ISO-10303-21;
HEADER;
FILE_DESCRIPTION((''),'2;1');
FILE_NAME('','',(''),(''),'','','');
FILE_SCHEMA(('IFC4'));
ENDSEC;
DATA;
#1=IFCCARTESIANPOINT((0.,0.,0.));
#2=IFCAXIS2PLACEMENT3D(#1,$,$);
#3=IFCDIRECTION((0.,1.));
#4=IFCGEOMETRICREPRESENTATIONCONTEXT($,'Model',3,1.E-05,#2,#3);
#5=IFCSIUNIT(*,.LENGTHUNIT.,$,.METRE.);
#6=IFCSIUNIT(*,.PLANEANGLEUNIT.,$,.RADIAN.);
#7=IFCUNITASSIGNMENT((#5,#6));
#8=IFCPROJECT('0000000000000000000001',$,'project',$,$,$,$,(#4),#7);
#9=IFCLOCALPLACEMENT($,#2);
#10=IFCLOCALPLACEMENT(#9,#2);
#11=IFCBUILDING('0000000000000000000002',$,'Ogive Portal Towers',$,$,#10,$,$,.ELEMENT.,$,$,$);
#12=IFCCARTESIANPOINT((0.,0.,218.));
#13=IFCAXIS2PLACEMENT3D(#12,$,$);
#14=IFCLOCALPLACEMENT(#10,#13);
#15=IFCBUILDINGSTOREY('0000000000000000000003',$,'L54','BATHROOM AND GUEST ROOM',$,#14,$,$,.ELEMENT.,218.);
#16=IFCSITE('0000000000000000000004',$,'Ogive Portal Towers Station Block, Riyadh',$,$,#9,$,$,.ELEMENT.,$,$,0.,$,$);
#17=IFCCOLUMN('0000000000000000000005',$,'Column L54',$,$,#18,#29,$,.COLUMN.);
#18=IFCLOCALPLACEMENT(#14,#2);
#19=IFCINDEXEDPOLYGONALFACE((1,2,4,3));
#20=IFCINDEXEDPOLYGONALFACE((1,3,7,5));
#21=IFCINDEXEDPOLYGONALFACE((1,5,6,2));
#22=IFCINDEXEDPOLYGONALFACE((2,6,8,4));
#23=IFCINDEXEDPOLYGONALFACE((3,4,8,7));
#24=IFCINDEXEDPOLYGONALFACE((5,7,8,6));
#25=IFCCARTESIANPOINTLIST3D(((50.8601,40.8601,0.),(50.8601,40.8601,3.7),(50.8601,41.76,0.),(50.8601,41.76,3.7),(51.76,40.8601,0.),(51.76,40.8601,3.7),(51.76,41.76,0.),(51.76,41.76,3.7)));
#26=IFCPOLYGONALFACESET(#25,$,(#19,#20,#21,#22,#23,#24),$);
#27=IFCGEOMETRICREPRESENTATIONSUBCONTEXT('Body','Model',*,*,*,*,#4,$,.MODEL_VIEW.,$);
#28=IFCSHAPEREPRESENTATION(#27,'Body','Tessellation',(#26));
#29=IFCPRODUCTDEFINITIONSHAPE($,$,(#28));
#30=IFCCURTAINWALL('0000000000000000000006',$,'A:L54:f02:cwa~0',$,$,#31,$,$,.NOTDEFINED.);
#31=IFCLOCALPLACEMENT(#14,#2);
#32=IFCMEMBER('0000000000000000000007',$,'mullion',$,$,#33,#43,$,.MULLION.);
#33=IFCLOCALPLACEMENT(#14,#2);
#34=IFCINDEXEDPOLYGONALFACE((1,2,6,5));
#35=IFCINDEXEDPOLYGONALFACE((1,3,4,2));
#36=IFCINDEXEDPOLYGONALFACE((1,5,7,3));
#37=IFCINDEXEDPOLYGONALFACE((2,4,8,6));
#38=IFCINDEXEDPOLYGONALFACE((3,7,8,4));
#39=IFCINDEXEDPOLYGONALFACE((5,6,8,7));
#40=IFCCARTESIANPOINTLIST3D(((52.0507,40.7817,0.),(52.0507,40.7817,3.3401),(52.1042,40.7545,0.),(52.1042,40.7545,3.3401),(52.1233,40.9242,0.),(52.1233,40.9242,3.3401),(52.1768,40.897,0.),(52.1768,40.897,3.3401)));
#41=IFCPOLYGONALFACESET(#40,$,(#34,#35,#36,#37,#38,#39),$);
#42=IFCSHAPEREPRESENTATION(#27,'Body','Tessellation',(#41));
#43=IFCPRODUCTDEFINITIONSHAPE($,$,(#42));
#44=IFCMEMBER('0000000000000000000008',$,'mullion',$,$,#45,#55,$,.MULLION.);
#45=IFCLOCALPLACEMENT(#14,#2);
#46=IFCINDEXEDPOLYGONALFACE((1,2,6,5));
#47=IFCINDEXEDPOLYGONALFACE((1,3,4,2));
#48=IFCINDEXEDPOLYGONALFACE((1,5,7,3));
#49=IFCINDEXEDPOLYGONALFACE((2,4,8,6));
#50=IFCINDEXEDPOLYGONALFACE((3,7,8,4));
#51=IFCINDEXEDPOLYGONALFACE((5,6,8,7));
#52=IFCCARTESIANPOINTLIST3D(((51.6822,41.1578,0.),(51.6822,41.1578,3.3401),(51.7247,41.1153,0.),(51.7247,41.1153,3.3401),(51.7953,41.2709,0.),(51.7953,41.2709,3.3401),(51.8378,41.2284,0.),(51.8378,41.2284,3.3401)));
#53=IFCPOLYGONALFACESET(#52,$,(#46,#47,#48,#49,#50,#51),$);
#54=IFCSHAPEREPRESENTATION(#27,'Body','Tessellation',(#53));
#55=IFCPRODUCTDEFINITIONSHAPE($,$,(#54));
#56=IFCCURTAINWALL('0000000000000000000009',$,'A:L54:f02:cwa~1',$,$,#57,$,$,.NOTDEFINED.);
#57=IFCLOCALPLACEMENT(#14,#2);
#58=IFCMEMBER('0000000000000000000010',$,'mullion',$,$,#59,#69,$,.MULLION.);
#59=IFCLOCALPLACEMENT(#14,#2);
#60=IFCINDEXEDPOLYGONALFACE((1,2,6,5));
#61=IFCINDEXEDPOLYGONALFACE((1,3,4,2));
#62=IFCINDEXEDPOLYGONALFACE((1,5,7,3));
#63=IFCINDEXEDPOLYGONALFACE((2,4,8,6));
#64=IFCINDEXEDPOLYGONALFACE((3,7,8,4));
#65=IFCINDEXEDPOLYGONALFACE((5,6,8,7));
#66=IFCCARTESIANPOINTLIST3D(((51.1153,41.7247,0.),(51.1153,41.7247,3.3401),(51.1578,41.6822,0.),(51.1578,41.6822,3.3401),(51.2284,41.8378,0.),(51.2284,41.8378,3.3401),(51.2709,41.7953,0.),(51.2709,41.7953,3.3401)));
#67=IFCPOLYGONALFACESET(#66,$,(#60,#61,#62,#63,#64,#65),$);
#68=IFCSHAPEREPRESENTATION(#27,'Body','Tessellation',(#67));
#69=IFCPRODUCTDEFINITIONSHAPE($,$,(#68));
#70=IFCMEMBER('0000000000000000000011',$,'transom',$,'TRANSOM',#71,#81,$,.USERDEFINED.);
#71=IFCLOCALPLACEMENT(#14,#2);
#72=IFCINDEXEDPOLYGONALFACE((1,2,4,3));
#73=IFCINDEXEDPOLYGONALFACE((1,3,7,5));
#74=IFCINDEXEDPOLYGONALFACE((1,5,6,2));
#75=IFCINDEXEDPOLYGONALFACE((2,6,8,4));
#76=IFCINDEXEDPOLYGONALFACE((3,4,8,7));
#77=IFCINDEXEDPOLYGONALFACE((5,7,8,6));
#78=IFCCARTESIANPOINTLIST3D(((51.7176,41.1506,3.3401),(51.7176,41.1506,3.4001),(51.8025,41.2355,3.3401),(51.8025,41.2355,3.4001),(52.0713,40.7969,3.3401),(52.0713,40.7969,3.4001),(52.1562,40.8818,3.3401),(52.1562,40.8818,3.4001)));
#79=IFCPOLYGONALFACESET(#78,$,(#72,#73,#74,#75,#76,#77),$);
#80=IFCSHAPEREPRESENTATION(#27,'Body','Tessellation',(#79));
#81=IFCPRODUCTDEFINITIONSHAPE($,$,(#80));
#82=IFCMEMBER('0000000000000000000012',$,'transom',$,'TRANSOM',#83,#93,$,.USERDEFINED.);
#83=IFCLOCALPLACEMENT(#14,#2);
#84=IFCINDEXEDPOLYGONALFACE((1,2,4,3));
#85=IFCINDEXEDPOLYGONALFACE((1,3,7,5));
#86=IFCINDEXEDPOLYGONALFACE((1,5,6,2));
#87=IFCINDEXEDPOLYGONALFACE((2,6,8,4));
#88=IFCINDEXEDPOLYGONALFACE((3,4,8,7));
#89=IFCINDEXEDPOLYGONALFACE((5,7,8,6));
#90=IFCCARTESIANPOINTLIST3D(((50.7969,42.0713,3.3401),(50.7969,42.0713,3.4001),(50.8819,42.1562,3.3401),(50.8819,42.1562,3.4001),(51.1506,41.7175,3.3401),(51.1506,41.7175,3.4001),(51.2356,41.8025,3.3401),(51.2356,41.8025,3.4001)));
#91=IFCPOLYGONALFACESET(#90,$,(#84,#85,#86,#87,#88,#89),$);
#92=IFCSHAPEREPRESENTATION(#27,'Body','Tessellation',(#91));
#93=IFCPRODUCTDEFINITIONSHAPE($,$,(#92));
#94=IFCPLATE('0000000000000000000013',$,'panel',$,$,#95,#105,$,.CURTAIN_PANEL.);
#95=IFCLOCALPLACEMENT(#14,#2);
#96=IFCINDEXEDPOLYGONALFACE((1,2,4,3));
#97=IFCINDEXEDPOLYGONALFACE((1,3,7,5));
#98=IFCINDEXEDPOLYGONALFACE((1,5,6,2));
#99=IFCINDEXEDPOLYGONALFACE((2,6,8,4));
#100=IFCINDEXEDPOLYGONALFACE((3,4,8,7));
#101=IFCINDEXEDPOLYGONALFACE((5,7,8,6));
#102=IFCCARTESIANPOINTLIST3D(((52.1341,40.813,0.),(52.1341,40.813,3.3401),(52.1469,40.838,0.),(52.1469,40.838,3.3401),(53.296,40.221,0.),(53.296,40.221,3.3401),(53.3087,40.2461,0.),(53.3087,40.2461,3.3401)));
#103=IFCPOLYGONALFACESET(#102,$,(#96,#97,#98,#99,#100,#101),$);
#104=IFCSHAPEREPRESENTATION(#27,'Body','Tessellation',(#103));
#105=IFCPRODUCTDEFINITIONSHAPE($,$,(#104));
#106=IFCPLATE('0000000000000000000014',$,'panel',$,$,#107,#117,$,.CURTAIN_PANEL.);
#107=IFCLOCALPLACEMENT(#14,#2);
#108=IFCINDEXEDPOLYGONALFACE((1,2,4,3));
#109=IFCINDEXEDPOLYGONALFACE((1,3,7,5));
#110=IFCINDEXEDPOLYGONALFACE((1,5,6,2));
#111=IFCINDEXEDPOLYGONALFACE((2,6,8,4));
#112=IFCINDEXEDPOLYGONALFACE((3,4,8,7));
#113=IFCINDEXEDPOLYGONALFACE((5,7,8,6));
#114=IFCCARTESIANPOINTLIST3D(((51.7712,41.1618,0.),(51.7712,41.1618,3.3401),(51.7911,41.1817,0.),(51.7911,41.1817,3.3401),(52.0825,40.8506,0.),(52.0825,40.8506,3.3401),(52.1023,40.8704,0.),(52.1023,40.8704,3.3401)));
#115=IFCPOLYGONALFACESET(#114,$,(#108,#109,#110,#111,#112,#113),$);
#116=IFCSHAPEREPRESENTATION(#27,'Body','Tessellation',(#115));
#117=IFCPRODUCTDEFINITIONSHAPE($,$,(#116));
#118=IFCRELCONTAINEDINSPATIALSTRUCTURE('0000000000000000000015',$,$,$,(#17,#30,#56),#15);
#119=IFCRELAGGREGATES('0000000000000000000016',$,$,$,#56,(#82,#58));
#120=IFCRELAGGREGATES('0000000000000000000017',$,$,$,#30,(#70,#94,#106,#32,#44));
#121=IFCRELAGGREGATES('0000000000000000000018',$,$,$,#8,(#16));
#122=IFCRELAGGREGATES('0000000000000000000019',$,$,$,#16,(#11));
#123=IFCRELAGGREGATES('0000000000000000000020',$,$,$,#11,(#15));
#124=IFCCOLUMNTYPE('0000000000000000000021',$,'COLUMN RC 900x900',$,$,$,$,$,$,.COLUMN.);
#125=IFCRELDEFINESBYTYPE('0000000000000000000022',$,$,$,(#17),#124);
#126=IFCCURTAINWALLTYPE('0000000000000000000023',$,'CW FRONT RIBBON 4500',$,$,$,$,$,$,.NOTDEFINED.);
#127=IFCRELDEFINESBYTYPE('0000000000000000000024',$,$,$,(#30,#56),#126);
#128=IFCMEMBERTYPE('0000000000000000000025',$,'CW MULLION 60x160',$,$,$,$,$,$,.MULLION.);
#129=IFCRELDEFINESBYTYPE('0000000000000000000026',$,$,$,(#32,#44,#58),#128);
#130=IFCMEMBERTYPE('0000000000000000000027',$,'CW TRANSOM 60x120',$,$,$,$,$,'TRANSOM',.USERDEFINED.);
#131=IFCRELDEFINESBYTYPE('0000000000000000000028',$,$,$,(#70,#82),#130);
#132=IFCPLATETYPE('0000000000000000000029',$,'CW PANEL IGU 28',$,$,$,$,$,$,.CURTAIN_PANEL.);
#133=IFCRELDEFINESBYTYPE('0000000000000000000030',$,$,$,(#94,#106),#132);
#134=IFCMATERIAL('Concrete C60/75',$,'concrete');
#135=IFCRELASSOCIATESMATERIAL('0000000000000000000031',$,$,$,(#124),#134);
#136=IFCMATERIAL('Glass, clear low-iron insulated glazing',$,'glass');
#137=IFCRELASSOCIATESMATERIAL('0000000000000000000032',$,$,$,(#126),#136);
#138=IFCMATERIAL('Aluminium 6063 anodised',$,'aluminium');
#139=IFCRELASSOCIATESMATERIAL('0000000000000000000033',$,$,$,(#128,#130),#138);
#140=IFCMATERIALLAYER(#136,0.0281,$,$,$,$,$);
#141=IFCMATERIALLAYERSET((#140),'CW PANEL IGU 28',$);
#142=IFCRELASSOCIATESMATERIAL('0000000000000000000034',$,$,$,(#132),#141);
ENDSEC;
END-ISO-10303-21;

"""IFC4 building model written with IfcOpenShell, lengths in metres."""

from ifc_helpers import new_model, si_unit, direction, frame, origin, origin_2d, place, context, subcontext, project, spatial, rectangle, extrude, material, layer, layer_set, material_profile, profile_set, type_object, element, aggregate, save


model = new_model("IFC4")

# Units and contexts
model_context = context("Model", 3, precision=1e-05, world=origin(), true_north=direction((0.0, 1.0)))
body_context = subcontext(model_context, "Body", "Model", "MODEL_VIEW")
ifc_project = project(units=[si_unit("LENGTHUNIT", "METRE"), si_unit("PLANEANGLEUNIT", "RADIAN")], contexts=[model_context])

# Site, building, storey
site_placement = place(None, origin())
site = spatial("IfcSite", under=ifc_project, at=site_placement, Name="Ogive Portal Towers Station Block, Riyadh", CompositionType="ELEMENT", RefElevation=0.0)
building_placement = place(site_placement, origin())
building = spatial("IfcBuilding", under=site, at=building_placement, Name="Ogive Portal Towers", CompositionType="ELEMENT")
storey_placement = place(building_placement, frame((0.0, 0.0, 218.0)))
storey = spatial("IfcBuildingStorey", under=building, at=storey_placement, Name="L54", Description="BATHROOM AND GUEST ROOM", CompositionType="ELEMENT", Elevation=218.0)

# Column
ifc_material_1 = material(Name="Concrete C60/75", Category="concrete")
ifc_material_profile_1 = material_profile(ifc_material_1, rectangle(XDim=0.8999, YDim=0.8999, at=origin_2d()), Name="RC 900x900")
ifc_profile_set_1 = profile_set([ifc_material_profile_1], Name="Concrete C60/75")
column_type = type_object("IfcColumnType", Name="COLUMN RC 900x900", PredefinedType="COLUMN", material=ifc_profile_set_1)
column_placement = place(storey_placement, frame((51.3101, 41.3101, 0.0), z_axis=(0.0, 0.0, 1.0), x_axis=(1.0, 0.0, 0.0)))
element("IfcColumn", 1, at=column_placement, inside=storey, type_object=column_type, Name="Column L54", PredefinedType="COLUMN", context=body_context, shape_type="SweptSolid", body=[
    extrude(rectangle(XDim=0.8999, YDim=0.8999, at=origin_2d()), origin(), (0.0, 0.0, 1.0), 3.7),
])

# Curtain wall, members
ifc_material_2 = material(Name="Glass, clear low-iron insulated glazing", Category="glass")
curtain_wall_type = type_object("IfcCurtainWallType", Name="CW FRONT RIBBON 4500", PredefinedType="NOTDEFINED", material=ifc_material_2)
curtain_wall_1_placement = place(storey_placement, origin())
curtain_wall_1 = element("IfcCurtainWall", 2, at=curtain_wall_1_placement, inside=storey, type_object=curtain_wall_type, Name="A:L54:f02:cwa~0", PredefinedType="NOTDEFINED")
ifc_material_3 = material(Name="Aluminium 6063 anodised", Category="aluminium")
ifc_material_profile_2 = material_profile(ifc_material_3, rectangle(XDim=0.1599, YDim=0.0601, at=origin_2d()), Name="AL 60x160")
ifc_profile_set_2 = profile_set([ifc_material_profile_2], Name="Aluminium 6063 anodised")
member_type_1 = type_object("IfcMemberType", Name="CW MULLION 60x160", PredefinedType="MULLION", material=ifc_profile_set_2)
member_1_placement = place(storey_placement, frame((52.1138, 40.8394, 0.0), z_axis=(0.0, 0.0, 1.0), x_axis=(-0.45399, -0.891007, 0.0)))
member_1 = element("IfcMember", 3, at=member_1_placement, type_object=member_type_1, Name="mullion", PredefinedType="MULLION", context=body_context, shape_type="SweptSolid", body=[
    extrude(rectangle(XDim=0.1599, YDim=0.0601, at=origin_2d()), origin(), (0.0, 0.0, 1.0), 3.3401),
])
member_2_placement = place(storey_placement, frame((51.76, 41.1931, 0.0), z_axis=(0.0, 0.0, 1.0), x_axis=(-0.707107, -0.707107, 0.0)))
member_2 = element("IfcMember", 4, at=member_2_placement, type_object=member_type_1, Name="mullion", PredefinedType="MULLION", context=body_context, shape_type="SweptSolid", body=[
    extrude(rectangle(XDim=0.1599, YDim=0.0601, at=origin_2d()), origin(), (0.0, 0.0, 1.0), 3.3401),
])

# Curtain wall, member
curtain_wall_2_placement = place(storey_placement, origin())
curtain_wall_2 = element("IfcCurtainWall", 5, at=curtain_wall_2_placement, inside=storey, type_object=curtain_wall_type, Name="A:L54:f02:cwa~1", PredefinedType="NOTDEFINED")
member_3_placement = place(storey_placement, frame((51.1931, 41.76, 0.0), z_axis=(0.0, 0.0, 1.0), x_axis=(-0.707107, -0.707107, 0.0)))
member_3 = element("IfcMember", 6, at=member_3_placement, type_object=member_type_1, Name="mullion", PredefinedType="MULLION", context=body_context, shape_type="SweptSolid", body=[
    extrude(rectangle(XDim=0.1599, YDim=0.0601, at=origin_2d()), origin(), (0.0, 0.0, 1.0), 3.3401),
])

# Members
ifc_material_profile_3 = material_profile(ifc_material_3, rectangle(XDim=0.1201, YDim=0.0601, at=origin_2d()), Name="AL 120x60")
ifc_profile_set_3 = profile_set([ifc_material_profile_3], Name="Aluminium 6063 anodised")
member_type_2 = type_object("IfcMemberType", Name="CW TRANSOM 60x120", ElementType="TRANSOM", PredefinedType="USERDEFINED", material=ifc_profile_set_3)
member_4_placement = place(storey_placement, frame((52.1138, 40.8394, 3.3701), z_axis=(-0.707107, 0.707107, 0.0), x_axis=(-0.707107, -0.707107, 0.0)))
member_4 = element("IfcMember", 7, at=member_4_placement, type_object=member_type_2, Name="transom", ObjectType="TRANSOM", PredefinedType="USERDEFINED", context=body_context, shape_type="SweptSolid", body=[
    extrude(rectangle(XDim=0.1201, YDim=0.0601, at=origin_2d()), origin(), (0.0, 0.0, 1.0), 0.5002),
])
member_5_placement = place(storey_placement, frame((51.1931, 41.76, 3.3701), z_axis=(-0.707107, 0.707107, 0.0), x_axis=(-0.707107, -0.707107, 0.0)))
member_5 = element("IfcMember", 8, at=member_5_placement, type_object=member_type_2, Name="transom", ObjectType="TRANSOM", PredefinedType="USERDEFINED", context=body_context, shape_type="SweptSolid", body=[
    extrude(rectangle(XDim=0.1201, YDim=0.0601, at=origin_2d()), origin(), (0.0, 0.0, 1.0), 0.5002),
])
aggregate(curtain_wall_2, [member_5, member_3])

# Plates
ifc_layer_1 = layer(ifc_material_2, 0.0281)
ifc_layer_set_1 = layer_set([ifc_layer_1], Name="CW PANEL IGU 28")
plate_type = type_object("IfcPlateType", Name="CW PANEL IGU 28", PredefinedType="CURTAIN_PANEL", material=ifc_layer_set_1)
plate_1_placement = place(storey_placement, frame((52.7214, 40.5295, 0.0), z_axis=(0.0, 0.0, 1.0), x_axis=(-0.891007, 0.45399, 0.0)))
plate_1 = element("IfcPlate", 9, at=plate_1_placement, type_object=plate_type, Name="panel", PredefinedType="CURTAIN_PANEL", context=body_context, shape_type="SweptSolid", body=[
    extrude(rectangle(XDim=1.304, YDim=0.0281, at=origin_2d()), origin(), (0.0, 0.0, 1.0), 3.3401),
])
plate_2_placement = place(storey_placement, frame((51.9368, 41.0161, 0.0), z_axis=(0.0, 0.0, 1.0), x_axis=(-0.707107, 0.707107, 0.0)))
plate_2 = element("IfcPlate", 10, at=plate_2_placement, type_object=plate_type, Name="panel", PredefinedType="CURTAIN_PANEL", context=body_context, shape_type="SweptSolid", body=[
    extrude(rectangle(XDim=0.4402, YDim=0.0281, at=origin_2d()), origin(), (0.0, 0.0, 1.0), 3.3401),
])
aggregate(curtain_wall_1, [member_4, plate_1, plate_2, member_1, member_2])

save(model, "model.ifc")
